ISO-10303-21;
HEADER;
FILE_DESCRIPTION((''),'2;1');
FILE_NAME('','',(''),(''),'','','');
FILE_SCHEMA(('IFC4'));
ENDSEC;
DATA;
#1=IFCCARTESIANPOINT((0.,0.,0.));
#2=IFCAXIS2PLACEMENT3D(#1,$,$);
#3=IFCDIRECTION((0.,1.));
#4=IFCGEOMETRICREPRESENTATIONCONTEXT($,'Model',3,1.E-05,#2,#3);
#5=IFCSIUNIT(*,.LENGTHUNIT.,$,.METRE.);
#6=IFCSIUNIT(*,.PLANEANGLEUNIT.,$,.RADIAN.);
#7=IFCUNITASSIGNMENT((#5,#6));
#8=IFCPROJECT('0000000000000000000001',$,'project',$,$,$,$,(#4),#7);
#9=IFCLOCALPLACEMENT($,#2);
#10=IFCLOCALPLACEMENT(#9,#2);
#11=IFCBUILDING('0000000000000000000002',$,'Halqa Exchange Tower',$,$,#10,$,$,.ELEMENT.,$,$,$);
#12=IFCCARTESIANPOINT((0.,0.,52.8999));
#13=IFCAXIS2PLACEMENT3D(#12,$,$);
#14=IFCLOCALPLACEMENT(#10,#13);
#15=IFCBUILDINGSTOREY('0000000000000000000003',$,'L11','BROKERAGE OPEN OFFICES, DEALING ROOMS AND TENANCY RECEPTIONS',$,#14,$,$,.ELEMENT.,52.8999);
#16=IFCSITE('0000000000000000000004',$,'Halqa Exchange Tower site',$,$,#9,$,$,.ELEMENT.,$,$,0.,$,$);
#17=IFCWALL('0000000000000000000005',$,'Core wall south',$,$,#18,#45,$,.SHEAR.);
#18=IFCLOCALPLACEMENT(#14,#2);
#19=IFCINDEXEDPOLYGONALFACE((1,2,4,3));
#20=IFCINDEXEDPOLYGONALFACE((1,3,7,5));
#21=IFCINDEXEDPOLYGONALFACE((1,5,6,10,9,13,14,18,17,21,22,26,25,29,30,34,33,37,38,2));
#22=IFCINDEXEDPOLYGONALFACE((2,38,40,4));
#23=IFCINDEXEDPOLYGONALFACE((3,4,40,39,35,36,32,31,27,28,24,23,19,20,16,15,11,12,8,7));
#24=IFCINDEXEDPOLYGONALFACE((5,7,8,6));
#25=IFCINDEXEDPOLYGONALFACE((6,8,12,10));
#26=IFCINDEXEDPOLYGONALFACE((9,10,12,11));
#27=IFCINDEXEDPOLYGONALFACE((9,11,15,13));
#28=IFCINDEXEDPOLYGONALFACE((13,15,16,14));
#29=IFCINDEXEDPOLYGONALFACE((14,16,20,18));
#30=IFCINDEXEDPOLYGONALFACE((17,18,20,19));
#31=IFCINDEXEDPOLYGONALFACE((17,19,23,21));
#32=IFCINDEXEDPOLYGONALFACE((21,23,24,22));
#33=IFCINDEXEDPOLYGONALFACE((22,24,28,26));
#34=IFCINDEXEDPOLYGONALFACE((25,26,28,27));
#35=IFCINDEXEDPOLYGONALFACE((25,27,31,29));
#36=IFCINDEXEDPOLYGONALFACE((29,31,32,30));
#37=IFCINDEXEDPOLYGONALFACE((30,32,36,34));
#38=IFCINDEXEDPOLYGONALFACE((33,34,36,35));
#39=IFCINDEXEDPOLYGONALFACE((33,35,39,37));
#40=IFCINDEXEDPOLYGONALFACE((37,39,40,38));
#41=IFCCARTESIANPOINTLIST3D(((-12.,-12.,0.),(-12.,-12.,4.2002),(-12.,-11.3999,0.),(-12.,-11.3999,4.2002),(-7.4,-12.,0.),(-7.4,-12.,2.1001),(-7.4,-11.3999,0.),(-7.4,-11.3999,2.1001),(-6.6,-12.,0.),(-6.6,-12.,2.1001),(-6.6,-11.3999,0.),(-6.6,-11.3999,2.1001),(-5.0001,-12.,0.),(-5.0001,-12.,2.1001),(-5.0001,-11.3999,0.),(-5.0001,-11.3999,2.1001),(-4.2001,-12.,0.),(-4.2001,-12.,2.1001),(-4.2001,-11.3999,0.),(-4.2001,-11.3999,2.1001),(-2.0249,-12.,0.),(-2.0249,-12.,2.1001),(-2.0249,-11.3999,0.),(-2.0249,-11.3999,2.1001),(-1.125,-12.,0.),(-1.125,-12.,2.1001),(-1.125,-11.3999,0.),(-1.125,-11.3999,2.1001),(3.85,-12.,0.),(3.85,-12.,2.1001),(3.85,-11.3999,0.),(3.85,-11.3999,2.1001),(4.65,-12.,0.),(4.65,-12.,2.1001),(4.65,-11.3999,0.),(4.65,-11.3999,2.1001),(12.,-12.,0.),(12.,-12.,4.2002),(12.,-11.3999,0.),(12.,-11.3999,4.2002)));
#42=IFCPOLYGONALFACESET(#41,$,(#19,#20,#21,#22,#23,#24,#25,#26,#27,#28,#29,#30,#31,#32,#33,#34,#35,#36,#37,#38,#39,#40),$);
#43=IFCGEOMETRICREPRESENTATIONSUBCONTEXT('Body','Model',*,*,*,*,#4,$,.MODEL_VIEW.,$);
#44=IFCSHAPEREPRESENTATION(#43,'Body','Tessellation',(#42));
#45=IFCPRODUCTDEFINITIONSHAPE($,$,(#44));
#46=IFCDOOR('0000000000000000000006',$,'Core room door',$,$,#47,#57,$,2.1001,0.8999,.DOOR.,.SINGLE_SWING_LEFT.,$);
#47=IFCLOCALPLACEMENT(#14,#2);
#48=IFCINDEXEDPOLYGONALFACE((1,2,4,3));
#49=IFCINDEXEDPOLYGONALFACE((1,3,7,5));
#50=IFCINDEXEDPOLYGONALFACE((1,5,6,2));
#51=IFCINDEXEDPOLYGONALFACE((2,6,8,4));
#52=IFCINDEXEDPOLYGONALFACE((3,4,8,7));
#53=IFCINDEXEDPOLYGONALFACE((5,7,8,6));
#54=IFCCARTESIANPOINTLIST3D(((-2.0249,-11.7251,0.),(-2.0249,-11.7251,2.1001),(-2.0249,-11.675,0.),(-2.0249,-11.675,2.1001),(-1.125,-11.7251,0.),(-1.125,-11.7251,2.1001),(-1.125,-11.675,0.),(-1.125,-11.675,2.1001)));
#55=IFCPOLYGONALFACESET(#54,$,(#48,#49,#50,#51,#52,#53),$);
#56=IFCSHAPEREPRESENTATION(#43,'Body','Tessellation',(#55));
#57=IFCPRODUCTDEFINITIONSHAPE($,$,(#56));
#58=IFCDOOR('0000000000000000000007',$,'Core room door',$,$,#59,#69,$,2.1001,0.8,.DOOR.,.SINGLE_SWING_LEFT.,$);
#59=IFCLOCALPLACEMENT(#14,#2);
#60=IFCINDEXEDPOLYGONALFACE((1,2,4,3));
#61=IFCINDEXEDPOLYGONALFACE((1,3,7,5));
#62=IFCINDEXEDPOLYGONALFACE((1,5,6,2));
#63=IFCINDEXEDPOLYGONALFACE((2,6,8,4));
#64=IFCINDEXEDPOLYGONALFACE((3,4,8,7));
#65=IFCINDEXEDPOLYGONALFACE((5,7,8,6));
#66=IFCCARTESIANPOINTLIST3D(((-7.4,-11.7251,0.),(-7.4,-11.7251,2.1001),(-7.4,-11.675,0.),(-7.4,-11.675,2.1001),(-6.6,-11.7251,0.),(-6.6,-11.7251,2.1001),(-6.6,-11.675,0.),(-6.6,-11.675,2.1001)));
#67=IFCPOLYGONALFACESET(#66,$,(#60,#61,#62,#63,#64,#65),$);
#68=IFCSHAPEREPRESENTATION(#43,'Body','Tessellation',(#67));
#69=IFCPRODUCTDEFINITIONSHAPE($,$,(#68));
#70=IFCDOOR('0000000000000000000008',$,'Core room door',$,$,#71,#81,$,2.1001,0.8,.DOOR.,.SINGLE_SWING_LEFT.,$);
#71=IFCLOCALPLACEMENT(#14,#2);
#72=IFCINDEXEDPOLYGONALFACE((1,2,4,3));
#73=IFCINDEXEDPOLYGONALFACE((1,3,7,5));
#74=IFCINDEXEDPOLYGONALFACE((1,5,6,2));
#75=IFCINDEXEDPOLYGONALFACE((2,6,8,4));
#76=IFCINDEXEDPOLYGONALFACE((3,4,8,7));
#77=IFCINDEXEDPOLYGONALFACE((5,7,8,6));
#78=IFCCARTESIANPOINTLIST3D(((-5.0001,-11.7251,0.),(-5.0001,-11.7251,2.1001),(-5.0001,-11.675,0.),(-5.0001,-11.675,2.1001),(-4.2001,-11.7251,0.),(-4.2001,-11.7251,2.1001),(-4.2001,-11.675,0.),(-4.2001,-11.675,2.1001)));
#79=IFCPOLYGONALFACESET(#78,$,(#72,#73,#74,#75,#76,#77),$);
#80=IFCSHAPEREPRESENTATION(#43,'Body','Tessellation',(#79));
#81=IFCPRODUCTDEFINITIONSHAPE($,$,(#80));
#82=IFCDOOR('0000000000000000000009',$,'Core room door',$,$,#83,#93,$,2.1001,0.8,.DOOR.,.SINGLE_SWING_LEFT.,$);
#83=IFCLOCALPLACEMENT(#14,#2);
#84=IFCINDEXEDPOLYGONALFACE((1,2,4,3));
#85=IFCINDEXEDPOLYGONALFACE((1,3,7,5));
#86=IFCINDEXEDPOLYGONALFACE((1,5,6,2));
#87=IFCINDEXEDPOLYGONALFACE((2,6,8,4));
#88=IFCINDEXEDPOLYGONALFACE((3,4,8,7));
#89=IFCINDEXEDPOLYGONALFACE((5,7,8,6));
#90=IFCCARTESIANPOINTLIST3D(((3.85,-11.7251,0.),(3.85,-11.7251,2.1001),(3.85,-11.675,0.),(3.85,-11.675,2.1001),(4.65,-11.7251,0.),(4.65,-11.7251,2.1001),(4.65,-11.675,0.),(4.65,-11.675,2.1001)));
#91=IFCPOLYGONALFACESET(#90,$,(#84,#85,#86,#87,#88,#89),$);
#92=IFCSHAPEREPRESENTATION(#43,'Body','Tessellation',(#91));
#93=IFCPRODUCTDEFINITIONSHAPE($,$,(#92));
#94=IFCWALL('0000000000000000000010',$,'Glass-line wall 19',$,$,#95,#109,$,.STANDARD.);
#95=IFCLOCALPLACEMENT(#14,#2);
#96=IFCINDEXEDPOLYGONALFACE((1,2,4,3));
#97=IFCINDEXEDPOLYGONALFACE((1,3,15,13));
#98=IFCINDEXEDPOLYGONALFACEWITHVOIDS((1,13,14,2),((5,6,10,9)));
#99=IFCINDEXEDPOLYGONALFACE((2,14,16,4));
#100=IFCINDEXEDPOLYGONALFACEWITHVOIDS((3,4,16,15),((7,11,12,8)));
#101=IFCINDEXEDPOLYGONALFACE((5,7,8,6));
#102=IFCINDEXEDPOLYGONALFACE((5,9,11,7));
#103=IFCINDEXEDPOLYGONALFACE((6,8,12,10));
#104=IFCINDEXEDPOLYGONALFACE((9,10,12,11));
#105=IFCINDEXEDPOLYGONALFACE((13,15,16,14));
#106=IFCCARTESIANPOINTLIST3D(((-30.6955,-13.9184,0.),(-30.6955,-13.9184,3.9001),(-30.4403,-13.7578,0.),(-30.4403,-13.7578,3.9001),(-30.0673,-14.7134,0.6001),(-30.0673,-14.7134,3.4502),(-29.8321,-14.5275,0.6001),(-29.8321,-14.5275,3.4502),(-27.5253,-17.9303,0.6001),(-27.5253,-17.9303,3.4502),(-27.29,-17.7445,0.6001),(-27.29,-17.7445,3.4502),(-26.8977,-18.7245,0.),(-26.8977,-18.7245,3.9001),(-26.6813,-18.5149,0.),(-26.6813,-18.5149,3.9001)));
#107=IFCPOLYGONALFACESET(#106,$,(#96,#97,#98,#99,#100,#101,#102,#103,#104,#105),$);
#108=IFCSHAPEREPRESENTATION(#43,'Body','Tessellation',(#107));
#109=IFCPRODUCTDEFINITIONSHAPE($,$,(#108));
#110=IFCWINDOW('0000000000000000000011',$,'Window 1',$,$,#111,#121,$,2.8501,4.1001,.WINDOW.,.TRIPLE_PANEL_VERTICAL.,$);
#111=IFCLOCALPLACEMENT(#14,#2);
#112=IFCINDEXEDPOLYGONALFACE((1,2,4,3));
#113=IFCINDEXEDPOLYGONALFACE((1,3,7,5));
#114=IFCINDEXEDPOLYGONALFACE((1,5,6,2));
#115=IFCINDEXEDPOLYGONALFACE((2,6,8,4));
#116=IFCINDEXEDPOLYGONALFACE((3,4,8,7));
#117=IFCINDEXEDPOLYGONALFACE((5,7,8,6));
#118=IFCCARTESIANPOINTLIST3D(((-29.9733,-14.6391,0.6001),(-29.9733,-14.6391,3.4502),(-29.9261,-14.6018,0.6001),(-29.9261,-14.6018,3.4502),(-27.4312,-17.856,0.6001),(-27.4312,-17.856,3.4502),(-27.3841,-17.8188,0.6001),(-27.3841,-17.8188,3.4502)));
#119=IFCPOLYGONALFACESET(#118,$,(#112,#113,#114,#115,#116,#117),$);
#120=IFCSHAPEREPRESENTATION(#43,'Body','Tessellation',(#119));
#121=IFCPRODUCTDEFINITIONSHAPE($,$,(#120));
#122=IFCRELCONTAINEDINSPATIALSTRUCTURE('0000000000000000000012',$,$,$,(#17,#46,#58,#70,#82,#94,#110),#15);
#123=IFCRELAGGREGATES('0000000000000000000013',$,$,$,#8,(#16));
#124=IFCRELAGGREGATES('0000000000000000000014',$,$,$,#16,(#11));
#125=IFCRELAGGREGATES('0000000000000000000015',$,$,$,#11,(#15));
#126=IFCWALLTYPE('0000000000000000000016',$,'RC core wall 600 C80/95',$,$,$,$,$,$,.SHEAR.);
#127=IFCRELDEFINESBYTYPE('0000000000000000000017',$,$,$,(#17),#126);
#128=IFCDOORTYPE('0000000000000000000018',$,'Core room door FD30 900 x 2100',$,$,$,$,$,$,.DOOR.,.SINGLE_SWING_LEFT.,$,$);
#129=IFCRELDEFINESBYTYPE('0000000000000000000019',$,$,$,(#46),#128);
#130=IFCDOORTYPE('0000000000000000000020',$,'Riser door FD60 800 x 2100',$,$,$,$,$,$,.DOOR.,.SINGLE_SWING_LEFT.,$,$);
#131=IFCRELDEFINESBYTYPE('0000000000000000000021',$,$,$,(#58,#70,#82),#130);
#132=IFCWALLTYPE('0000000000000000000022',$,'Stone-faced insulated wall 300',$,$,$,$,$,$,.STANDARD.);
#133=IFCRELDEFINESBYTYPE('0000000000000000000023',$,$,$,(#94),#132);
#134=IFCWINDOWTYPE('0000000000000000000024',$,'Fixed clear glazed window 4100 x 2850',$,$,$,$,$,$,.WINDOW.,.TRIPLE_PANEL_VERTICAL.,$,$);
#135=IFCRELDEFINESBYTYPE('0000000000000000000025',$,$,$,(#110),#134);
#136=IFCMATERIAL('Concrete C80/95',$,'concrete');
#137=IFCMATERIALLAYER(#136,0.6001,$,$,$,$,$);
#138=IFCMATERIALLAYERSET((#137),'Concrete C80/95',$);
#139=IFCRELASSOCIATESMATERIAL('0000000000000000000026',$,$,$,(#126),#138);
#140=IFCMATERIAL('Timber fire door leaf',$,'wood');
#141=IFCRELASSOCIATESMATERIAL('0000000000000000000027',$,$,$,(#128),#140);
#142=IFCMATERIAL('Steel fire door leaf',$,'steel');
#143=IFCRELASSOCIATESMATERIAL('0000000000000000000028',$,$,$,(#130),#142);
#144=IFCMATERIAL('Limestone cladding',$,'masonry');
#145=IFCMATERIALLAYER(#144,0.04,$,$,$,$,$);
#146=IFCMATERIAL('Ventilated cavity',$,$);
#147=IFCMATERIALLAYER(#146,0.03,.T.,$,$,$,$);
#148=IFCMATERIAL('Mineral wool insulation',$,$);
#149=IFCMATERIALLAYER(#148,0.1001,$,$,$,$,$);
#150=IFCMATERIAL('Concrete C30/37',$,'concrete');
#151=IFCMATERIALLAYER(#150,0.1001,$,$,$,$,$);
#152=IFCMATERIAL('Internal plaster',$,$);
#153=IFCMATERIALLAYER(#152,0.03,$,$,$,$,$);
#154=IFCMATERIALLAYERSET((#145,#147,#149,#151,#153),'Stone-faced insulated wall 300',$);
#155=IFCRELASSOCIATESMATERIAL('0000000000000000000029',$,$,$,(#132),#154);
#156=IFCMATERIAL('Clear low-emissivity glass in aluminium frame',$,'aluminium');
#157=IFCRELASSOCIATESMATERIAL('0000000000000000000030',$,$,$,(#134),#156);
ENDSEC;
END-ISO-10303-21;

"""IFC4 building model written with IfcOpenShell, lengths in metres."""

from ifc_helpers import new_model, si_unit, direction, frame, frame_2d, origin, place, context, subcontext, project, spatial, polyline, rectangle, outline, extrude, material, layer, layer_set, type_object, element, fill, save


model = new_model("IFC4")

# Units and contexts
model_context = context("Model", 3, precision=1e-05, world=origin(), true_north=direction((0.0, 1.0)))
body_context = subcontext(model_context, "Body", "Model", "MODEL_VIEW")
ifc_project = project(units=[si_unit("LENGTHUNIT", "METRE"), si_unit("PLANEANGLEUNIT", "RADIAN")], contexts=[model_context])

# Site, building, storey
site_placement = place(None, origin())
site = spatial("IfcSite", under=ifc_project, at=site_placement, Name="Halqa Exchange Tower site", CompositionType="ELEMENT", RefElevation=0.0)
building_placement = place(site_placement, origin())
building = spatial("IfcBuilding", under=site, at=building_placement, Name="Halqa Exchange Tower", CompositionType="ELEMENT")
storey_placement = place(building_placement, frame((0.0, 0.0, 52.8999)))
storey = spatial("IfcBuildingStorey", under=building, at=storey_placement, Name="L11", Description="BROKERAGE OPEN OFFICES, DEALING ROOMS AND TENANCY RECEPTIONS", CompositionType="ELEMENT", Elevation=52.8999)

# Shared definitions
ifc_material_1 = material(Name="Concrete C80/95", Category="concrete")

# Shared definitions
ifc_material_2 = material(Name="Steel fire door leaf", Category="steel")

# Wall, openings, doors
ifc_layer_1 = layer(ifc_material_1, 0.6001)
ifc_layer_set_1 = layer_set([ifc_layer_1], Name="Concrete C80/95")
wall_type_1 = type_object("IfcWallType", Name="RC core wall 600 C80/95", PredefinedType="SHEAR", material=ifc_layer_set_1)
wall_1_placement = place(storey_placement, frame((-12.0, -11.7, 0.0), z_axis=(0.0, 0.0, 1.0), x_axis=(1.0, 0.0, 0.0)))
wall_1 = element("IfcWall", 1, at=wall_1_placement, inside=storey, type_object=wall_type_1, Name="Core wall south", PredefinedType="SHEAR", context=body_context, shape_type="SweptSolid", body=[
    extrude(rectangle(XDim=24.0, YDim=0.6001, at=frame_2d((12.0, 0.0))), origin(), (0.0, 0.0, 1.0), 4.2002),
])
opening_1_placement = place(wall_1_placement, frame((9.9751, 0.0, 0.0)))
opening_1 = element("IfcOpeningElement", 2, at=opening_1_placement, cuts=wall_1, PredefinedType="OPENING", context=body_context, shape_type="SweptSolid", body=[
    extrude(rectangle(XDim=0.8999, YDim=2.1001, at=frame_2d((0.45, 1.05))), frame((0.0, 0.312, 0.0), z_axis=(0.0, -1.0, 0.0), x_axis=(1.0, 0.0, 0.0)), (0.0, 0.0, 1.0), 0.624),
])
opening_2_placement = place(wall_1_placement, frame((4.6001, 0.0, 0.0)))
opening_2 = element("IfcOpeningElement", 3, at=opening_2_placement, cuts=wall_1, PredefinedType="OPENING", context=body_context, shape_type="SweptSolid", body=[
    extrude(rectangle(XDim=0.8, YDim=2.1001, at=frame_2d((0.3999, 1.05))), frame((0.0, 0.312, 0.0), z_axis=(0.0, -1.0, 0.0), x_axis=(1.0, 0.0, 0.0)), (0.0, 0.0, 1.0), 0.624),
])
opening_3_placement = place(wall_1_placement, frame((7.0, 0.0, 0.0)))
opening_3 = element("IfcOpeningElement", 4, at=opening_3_placement, cuts=wall_1, PredefinedType="OPENING", context=body_context, shape_type="SweptSolid", body=[
    extrude(rectangle(XDim=0.8, YDim=2.1001, at=frame_2d((0.3999, 1.05))), frame((0.0, 0.312, 0.0), z_axis=(0.0, -1.0, 0.0), x_axis=(1.0, 0.0, 0.0)), (0.0, 0.0, 1.0), 0.624),
])
opening_4_placement = place(wall_1_placement, frame((15.8501, 0.0, 0.0)))
opening_4 = element("IfcOpeningElement", 5, at=opening_4_placement, cuts=wall_1, PredefinedType="OPENING", context=body_context, shape_type="SweptSolid", body=[
    extrude(rectangle(XDim=0.8, YDim=2.1001, at=frame_2d((0.3999, 1.05))), frame((0.0, 0.312, 0.0), z_axis=(0.0, -1.0, 0.0), x_axis=(1.0, 0.0, 0.0)), (0.0, 0.0, 1.0), 0.624),
])
ifc_material_3 = material(Name="Timber fire door leaf", Category="wood")
door_type_1 = type_object("IfcDoorType", Name="Core room door FD30 900 x 2100", OperationType="SINGLE_SWING_LEFT", PredefinedType="DOOR", material=ifc_material_3)
door_1_placement = place(opening_1_placement, origin())
door_1 = element("IfcDoor", 6, at=door_1_placement, inside=storey, type_object=door_type_1, Name="Core room door", OperationType="SINGLE_SWING_LEFT", OverallHeight=2.1001, OverallWidth=0.8999, PredefinedType="DOOR", context=body_context, shape_type="SweptSolid", body=[
    extrude(rectangle(XDim=0.8999, YDim=2.1001, at=frame_2d((0.45, 1.05))), frame((0.0, 0.0249, 0.0), z_axis=(0.0, -1.0, 0.0), x_axis=(1.0, 0.0, 0.0)), (0.0, 0.0, 1.0), 0.05),
])
fill(opening_1, door_1)
door_type_2 = type_object("IfcDoorType", Name="Riser door FD60 800 x 2100", OperationType="SINGLE_SWING_LEFT", PredefinedType="DOOR", material=ifc_material_2)
door_2_placement = place(opening_2_placement, origin())
door_2 = element("IfcDoor", 7, at=door_2_placement, inside=storey, type_object=door_type_2, Name="Core room door", OperationType="SINGLE_SWING_LEFT", OverallHeight=2.1001, OverallWidth=0.8, PredefinedType="DOOR", context=body_context, shape_type="SweptSolid", body=[
    extrude(rectangle(XDim=0.8, YDim=2.1001, at=frame_2d((0.3999, 1.05))), frame((0.0, 0.0249, 0.0), z_axis=(0.0, -1.0, 0.0), x_axis=(1.0, 0.0, 0.0)), (0.0, 0.0, 1.0), 0.05),
])
fill(opening_2, door_2)
door_3_placement = place(opening_3_placement, origin())
door_3 = element("IfcDoor", 8, at=door_3_placement, inside=storey, type_object=door_type_2, Name="Core room door", OperationType="SINGLE_SWING_LEFT", OverallHeight=2.1001, OverallWidth=0.8, PredefinedType="DOOR", context=body_context, shape_type="SweptSolid", body=[
    extrude(rectangle(XDim=0.8, YDim=2.1001, at=frame_2d((0.3999, 1.05))), frame((0.0, 0.0249, 0.0), z_axis=(0.0, -1.0, 0.0), x_axis=(1.0, 0.0, 0.0)), (0.0, 0.0, 1.0), 0.05),
])
fill(opening_3, door_3)
door_4_placement = place(opening_4_placement, origin())
door_4 = element("IfcDoor", 9, at=door_4_placement, inside=storey, type_object=door_type_2, Name="Core room door", OperationType="SINGLE_SWING_LEFT", OverallHeight=2.1001, OverallWidth=0.8, PredefinedType="DOOR", context=body_context, shape_type="SweptSolid", body=[
    extrude(rectangle(XDim=0.8, YDim=2.1001, at=frame_2d((0.3999, 1.05))), frame((0.0, 0.0249, 0.0), z_axis=(0.0, -1.0, 0.0), x_axis=(1.0, 0.0, 0.0)), (0.0, 0.0, 1.0), 0.05),
])
fill(opening_4, door_4)

# Wall, opening, window
ifc_material_4 = material(Name="Limestone cladding", Category="masonry")
ifc_layer_2 = layer(ifc_material_4, 0.04)
ifc_material_5 = material(Name="Ventilated cavity")
ifc_layer_3 = layer(ifc_material_5, 0.03, ventilated=True)
ifc_material_6 = material(Name="Mineral wool insulation")
ifc_layer_4 = layer(ifc_material_6, 0.1001)
ifc_material_7 = material(Name="Concrete C30/37", Category="concrete")
ifc_layer_5 = layer(ifc_material_7, 0.1001)
ifc_material_8 = material(Name="Internal plaster")
ifc_layer_6 = layer(ifc_material_8, 0.03)
ifc_layer_set_2 = layer_set([ifc_layer_2, ifc_layer_3, ifc_layer_4, ifc_layer_5, ifc_layer_6], Name="Stone-faced insulated wall 300")
wall_type_2 = type_object("IfcWallType", Name="Stone-faced insulated wall 300", PredefinedType="STANDARD", material=ifc_layer_set_2)
wall_2_placement = place(storey_placement, frame((-30.5679, -13.8381, 0.0), z_axis=(0.0, 0.0, 1.0), x_axis=(0.619994, -0.784607, 0.0)))
wall_2 = element("IfcWall", 10, at=wall_2_placement, inside=storey, type_object=wall_type_2, Name="Glass-line wall 19", PredefinedType="STANDARD", context=body_context, shape_type="SweptSolid", body=[
    extrude(outline(polyline([(-0.0161, -0.1499), (6.1094, -0.1499), (6.0791, 0.1499), (0.0161, 0.1499), (-0.0161, -0.1499)])), origin(), (0.0, 0.0, 1.0), 3.9001),
])
opening_5_placement = place(wall_2_placement, frame((0.9971, 0.0, 0.6001)))
opening_5 = element("IfcOpeningElement", 11, at=opening_5_placement, cuts=wall_2, PredefinedType="OPENING", context=body_context, shape_type="SweptSolid", body=[
    extrude(rectangle(XDim=4.1001, YDim=2.8501, at=frame_2d((2.05, 1.425))), frame((0.0, 0.1621, 0.0), z_axis=(0.0, -1.0, 0.0), x_axis=(1.0, 0.0, 0.0)), (0.0, 0.0, 1.0), 0.324),
])
ifc_material_9 = material(Name="Clear low-emissivity glass in aluminium frame", Category="aluminium")
window_type = type_object("IfcWindowType", Name="Fixed clear glazed window 4100 x 2850", PartitioningType="TRIPLE_PANEL_VERTICAL", PredefinedType="WINDOW", material=ifc_material_9)
window_placement = place(opening_5_placement, origin())
window = element("IfcWindow", 12, at=window_placement, inside=storey, type_object=window_type, Name="Window 1", OverallHeight=2.8501, OverallWidth=4.1001, PartitioningType="TRIPLE_PANEL_VERTICAL", PredefinedType="WINDOW", context=body_context, shape_type="SweptSolid", body=[
    extrude(rectangle(XDim=4.1001, YDim=2.8501, at=frame_2d((2.05, 1.425))), frame((0.0, 0.03, 0.0), z_axis=(0.0, -1.0, 0.0), x_axis=(1.0, 0.0, 0.0)), (0.0, 0.0, 1.0), 0.0601),
])
fill(opening_5, window)

save(model, "model.ifc")
